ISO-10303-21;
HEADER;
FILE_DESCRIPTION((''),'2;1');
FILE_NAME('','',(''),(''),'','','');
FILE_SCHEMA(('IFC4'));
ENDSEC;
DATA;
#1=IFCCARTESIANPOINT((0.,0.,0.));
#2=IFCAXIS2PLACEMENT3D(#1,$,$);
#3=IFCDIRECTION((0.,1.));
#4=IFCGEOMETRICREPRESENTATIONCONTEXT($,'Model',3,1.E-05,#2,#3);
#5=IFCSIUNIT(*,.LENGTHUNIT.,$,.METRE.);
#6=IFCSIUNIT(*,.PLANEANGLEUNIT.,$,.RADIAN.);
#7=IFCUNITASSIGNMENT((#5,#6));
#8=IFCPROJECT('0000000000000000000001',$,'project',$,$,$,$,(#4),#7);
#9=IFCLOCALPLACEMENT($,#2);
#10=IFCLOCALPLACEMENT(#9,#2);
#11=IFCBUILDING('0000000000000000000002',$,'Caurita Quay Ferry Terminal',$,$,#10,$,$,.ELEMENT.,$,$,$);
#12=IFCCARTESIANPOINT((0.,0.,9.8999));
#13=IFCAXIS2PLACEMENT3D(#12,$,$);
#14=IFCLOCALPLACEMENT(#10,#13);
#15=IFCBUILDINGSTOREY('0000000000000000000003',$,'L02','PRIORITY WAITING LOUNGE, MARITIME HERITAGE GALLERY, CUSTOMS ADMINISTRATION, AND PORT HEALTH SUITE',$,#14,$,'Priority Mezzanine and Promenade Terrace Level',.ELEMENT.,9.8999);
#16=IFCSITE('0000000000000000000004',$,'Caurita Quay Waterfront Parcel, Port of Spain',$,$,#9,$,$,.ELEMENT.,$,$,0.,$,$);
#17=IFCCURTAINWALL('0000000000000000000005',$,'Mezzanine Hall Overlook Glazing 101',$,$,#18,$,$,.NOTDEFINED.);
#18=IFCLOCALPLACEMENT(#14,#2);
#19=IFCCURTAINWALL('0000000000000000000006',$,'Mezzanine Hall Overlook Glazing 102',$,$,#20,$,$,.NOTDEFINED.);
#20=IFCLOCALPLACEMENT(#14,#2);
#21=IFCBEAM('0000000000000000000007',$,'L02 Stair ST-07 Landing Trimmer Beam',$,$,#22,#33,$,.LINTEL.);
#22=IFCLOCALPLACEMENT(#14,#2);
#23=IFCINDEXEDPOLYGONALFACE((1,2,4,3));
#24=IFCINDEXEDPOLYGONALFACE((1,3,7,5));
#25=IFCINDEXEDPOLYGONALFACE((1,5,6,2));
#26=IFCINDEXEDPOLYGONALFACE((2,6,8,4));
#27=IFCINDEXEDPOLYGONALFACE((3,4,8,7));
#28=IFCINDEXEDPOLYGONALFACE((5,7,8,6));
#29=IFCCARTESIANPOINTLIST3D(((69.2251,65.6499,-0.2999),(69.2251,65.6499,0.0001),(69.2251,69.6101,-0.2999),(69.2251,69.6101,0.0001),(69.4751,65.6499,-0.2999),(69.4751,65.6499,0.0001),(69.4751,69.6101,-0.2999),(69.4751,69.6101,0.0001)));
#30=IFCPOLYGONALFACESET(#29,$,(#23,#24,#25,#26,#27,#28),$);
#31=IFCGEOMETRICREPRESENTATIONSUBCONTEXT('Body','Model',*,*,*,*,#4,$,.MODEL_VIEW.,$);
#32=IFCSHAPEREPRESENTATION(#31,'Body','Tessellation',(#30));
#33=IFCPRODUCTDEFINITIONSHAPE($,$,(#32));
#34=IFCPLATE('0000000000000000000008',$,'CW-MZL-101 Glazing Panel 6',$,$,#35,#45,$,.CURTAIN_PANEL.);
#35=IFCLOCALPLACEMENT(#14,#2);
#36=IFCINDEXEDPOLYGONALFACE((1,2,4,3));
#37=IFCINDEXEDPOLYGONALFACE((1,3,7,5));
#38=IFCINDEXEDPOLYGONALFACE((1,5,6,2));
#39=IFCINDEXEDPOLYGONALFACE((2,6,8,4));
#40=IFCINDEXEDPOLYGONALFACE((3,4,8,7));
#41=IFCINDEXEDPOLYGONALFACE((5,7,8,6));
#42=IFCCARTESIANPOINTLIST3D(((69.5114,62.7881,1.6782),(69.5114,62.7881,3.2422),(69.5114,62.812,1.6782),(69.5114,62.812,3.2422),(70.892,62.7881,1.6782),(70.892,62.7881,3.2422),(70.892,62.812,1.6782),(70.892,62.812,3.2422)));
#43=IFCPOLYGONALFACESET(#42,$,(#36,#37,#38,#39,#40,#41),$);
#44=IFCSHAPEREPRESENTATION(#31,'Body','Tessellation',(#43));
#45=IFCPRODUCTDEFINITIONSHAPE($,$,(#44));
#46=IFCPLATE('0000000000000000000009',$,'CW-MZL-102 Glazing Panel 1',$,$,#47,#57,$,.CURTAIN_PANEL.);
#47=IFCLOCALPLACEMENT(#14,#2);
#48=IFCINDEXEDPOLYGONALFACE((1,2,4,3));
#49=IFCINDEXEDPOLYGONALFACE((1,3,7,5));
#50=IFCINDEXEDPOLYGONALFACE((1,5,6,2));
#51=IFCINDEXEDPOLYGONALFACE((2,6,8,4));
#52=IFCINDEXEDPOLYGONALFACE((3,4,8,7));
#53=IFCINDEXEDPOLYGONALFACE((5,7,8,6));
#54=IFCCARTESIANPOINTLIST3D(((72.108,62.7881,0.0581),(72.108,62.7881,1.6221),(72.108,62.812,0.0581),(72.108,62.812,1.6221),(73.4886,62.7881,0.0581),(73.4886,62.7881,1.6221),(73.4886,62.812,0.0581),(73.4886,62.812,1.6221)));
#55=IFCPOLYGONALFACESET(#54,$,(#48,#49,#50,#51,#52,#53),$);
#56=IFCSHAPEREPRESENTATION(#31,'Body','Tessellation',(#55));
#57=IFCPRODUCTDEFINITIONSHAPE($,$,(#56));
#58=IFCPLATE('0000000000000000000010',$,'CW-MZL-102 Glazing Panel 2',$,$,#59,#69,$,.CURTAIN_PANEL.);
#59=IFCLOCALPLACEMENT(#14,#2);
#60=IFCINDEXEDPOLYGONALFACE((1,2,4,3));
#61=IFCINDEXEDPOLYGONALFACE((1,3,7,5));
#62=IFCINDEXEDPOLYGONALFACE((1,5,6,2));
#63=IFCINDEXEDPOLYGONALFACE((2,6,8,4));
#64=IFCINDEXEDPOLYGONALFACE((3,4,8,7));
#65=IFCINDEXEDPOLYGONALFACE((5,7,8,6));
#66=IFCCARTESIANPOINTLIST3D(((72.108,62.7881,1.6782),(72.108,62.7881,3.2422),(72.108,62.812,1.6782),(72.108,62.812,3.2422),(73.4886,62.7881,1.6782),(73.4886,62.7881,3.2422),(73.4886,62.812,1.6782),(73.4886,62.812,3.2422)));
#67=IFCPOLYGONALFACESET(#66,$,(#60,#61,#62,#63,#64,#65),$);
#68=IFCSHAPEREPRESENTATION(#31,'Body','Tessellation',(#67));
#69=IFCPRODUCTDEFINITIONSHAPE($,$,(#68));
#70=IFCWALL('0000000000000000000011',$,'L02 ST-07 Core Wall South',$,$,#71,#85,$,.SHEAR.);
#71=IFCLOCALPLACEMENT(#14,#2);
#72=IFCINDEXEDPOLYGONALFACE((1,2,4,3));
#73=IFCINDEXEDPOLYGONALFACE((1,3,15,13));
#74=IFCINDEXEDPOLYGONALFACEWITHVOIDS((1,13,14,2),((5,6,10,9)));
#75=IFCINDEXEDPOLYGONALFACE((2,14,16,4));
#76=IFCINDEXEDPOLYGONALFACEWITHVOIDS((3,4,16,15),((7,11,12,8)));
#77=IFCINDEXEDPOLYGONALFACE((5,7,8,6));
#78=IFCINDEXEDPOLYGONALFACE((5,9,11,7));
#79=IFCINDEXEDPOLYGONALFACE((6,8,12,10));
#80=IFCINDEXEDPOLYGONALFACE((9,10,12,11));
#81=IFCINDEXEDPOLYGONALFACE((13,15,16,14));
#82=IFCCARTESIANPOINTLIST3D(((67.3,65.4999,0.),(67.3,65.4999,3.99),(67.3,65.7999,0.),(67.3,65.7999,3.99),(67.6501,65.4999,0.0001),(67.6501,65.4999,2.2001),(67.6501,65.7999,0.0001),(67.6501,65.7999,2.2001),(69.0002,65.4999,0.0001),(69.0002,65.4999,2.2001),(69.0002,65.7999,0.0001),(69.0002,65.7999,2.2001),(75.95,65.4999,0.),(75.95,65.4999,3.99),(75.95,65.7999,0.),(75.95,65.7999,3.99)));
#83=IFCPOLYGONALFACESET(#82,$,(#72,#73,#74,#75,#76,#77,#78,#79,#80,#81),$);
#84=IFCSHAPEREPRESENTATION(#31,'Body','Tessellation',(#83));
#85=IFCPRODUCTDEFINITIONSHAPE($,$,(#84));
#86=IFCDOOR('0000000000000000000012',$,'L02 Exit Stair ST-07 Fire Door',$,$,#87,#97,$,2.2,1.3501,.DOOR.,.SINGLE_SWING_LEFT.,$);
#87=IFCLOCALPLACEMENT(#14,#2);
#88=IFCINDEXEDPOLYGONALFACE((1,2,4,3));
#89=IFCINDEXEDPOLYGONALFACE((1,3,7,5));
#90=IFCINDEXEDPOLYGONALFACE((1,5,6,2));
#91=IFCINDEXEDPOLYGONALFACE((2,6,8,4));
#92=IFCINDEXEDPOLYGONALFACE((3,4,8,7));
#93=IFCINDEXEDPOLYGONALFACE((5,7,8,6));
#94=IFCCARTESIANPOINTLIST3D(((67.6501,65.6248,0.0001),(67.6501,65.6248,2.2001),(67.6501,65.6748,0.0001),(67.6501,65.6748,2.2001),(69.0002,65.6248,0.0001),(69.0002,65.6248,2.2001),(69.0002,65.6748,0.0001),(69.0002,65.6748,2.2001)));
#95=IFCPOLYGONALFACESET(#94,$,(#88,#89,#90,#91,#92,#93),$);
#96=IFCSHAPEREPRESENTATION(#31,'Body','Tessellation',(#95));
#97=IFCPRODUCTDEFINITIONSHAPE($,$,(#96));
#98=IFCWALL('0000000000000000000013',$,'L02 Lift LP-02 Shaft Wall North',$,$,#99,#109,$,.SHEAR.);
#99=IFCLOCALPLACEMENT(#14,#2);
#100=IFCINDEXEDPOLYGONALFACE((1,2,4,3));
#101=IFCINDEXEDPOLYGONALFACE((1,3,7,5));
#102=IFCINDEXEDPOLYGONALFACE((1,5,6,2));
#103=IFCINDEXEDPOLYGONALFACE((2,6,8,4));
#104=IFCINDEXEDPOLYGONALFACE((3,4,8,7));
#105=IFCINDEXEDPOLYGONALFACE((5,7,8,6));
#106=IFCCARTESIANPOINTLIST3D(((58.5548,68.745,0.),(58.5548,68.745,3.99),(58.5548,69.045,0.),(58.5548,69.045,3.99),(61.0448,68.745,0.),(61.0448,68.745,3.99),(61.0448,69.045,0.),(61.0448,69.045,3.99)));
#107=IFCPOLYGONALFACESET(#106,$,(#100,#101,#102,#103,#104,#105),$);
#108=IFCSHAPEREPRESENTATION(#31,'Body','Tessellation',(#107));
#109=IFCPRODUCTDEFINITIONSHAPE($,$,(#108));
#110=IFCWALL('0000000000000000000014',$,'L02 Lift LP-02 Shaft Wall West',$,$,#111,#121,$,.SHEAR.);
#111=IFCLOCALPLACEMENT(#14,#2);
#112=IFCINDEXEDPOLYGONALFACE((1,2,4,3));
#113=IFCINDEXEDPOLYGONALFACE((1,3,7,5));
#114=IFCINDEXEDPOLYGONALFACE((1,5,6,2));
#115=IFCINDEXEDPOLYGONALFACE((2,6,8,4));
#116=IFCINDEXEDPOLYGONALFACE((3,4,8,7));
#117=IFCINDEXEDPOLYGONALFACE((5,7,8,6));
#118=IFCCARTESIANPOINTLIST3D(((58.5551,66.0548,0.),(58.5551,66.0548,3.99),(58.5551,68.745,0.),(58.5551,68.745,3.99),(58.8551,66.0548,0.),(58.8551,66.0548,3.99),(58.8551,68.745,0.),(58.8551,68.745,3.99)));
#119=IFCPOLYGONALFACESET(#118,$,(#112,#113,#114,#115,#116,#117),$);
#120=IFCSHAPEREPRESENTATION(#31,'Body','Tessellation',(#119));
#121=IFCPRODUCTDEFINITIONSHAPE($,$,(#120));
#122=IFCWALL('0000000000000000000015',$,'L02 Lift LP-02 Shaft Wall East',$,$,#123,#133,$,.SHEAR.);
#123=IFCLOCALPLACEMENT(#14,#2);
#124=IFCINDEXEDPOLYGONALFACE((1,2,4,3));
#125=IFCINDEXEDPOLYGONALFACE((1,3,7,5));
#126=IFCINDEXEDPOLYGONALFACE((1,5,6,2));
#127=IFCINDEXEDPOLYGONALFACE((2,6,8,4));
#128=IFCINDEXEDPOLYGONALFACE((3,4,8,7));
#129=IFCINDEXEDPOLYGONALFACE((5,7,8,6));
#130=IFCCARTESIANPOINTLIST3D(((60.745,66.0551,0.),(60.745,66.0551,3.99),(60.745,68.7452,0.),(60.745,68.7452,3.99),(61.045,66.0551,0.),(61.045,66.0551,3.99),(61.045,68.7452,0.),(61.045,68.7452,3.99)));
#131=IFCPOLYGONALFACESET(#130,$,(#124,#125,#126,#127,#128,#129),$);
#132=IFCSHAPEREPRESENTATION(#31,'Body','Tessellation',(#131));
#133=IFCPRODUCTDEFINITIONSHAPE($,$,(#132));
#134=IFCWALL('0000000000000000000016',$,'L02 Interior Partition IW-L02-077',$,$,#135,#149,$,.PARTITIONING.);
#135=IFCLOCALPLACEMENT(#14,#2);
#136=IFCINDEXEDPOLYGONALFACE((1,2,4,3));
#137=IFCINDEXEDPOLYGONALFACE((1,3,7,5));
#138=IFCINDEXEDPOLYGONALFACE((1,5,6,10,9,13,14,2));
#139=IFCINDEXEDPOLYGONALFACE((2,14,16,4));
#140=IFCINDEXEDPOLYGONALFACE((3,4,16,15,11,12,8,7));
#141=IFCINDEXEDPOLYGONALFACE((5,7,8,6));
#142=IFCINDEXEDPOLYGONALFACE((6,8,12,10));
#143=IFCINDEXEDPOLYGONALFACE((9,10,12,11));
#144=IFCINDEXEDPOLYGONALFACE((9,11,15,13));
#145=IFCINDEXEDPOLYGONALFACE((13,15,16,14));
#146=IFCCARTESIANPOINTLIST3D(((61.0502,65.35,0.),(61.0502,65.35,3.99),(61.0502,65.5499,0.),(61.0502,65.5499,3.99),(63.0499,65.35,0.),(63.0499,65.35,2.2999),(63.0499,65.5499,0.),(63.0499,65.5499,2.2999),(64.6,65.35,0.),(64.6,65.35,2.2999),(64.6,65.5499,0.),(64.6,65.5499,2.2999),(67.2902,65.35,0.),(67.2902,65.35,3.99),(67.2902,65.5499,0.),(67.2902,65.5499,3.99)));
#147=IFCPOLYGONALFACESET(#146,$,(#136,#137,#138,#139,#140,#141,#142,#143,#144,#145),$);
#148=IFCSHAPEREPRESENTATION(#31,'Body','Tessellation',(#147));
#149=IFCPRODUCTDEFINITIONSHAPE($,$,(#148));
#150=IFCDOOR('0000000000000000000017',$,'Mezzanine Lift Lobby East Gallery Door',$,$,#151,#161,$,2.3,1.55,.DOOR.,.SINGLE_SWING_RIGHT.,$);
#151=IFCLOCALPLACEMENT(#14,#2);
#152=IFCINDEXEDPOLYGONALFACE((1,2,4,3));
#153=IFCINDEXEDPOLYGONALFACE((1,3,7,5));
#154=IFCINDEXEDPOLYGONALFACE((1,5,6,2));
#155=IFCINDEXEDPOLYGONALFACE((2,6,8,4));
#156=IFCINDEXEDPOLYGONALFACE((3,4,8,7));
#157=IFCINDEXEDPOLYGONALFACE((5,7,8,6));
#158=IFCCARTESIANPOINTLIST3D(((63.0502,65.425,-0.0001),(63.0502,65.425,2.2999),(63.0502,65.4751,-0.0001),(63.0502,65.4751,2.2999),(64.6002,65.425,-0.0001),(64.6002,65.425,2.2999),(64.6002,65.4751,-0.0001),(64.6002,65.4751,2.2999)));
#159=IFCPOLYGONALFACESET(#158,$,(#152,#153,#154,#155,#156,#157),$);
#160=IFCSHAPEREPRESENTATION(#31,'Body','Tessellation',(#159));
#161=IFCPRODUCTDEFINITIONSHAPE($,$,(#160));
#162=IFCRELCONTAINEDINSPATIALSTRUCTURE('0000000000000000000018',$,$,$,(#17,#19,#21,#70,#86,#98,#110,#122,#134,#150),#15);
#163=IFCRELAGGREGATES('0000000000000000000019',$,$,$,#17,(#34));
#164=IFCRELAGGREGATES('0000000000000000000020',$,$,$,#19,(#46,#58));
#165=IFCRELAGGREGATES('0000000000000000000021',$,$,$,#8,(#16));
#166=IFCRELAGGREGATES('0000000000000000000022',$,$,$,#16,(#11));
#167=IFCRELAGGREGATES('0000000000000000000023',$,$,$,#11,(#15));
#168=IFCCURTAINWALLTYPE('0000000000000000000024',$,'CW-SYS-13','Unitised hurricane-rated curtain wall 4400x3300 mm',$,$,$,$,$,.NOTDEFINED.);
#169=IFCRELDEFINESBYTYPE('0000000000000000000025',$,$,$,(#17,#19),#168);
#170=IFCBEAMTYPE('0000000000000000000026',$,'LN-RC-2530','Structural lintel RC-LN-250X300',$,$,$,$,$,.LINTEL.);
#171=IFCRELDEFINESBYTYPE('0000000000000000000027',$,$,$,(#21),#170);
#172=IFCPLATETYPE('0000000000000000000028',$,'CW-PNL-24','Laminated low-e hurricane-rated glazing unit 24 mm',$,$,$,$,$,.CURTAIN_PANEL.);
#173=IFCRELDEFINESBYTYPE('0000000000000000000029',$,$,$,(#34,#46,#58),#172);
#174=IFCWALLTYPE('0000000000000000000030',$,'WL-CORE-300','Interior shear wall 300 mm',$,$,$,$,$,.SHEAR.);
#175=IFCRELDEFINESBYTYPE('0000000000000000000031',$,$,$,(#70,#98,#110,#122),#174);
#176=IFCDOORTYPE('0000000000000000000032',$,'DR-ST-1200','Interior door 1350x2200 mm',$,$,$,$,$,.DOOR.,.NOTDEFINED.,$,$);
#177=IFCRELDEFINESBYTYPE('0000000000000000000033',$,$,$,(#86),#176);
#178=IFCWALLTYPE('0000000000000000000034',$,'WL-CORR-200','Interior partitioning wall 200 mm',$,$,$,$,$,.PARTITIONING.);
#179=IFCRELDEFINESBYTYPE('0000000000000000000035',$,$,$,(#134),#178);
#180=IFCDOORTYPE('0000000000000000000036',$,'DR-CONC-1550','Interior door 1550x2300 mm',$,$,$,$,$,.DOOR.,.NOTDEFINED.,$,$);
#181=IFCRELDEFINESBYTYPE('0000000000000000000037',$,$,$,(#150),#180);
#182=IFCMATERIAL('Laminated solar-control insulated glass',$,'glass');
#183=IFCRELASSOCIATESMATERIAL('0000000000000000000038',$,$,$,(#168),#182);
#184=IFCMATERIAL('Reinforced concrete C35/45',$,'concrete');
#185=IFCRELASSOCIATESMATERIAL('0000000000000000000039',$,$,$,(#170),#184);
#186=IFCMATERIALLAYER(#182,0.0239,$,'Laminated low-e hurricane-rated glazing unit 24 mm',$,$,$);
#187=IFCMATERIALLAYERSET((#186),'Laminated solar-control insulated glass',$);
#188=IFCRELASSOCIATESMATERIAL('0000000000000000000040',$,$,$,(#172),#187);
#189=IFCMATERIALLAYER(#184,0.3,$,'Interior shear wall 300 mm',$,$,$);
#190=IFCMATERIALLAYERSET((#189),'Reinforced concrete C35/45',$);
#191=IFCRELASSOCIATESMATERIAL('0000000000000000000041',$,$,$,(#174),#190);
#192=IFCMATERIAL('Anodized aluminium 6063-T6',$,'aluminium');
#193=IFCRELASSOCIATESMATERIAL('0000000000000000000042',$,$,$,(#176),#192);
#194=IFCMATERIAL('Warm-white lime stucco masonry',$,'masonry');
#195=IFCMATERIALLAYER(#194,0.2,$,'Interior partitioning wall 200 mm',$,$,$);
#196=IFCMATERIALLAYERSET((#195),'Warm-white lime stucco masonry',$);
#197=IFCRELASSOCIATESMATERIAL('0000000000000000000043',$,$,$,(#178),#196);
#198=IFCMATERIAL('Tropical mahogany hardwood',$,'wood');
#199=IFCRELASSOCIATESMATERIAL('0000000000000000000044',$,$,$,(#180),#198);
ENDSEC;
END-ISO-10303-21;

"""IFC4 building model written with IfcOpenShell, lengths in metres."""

from ifc_helpers import new_model, si_unit, direction, frame, frame_2d, origin, origin_2d, place, context, subcontext, project, spatial, rectangle, extrude, material, layer, layer_set, material_profile, profile_set, type_object, element, fill, aggregate, save


model = new_model("IFC4")

# Units and contexts
model_context = context("Model", 3, precision=1e-05, world=origin(), true_north=direction((0.0, 1.0)))
body_context = subcontext(model_context, "Body", "Model", "MODEL_VIEW")
ifc_project = project(units=[si_unit("LENGTHUNIT", "METRE"), si_unit("PLANEANGLEUNIT", "RADIAN")], contexts=[model_context])

# Site, building, storey
site_placement = place(None, origin())
site = spatial("IfcSite", under=ifc_project, at=site_placement, Name="Caurita Quay Waterfront Parcel, Port of Spain", CompositionType="ELEMENT", RefElevation=0.0)
building_placement = place(site_placement, origin())
building = spatial("IfcBuilding", under=site, at=building_placement, Name="Caurita Quay Ferry Terminal", CompositionType="ELEMENT")
storey_placement = place(building_placement, frame((0.0, 0.0, 9.8999)))
storey = spatial("IfcBuildingStorey", under=building, at=storey_placement, Name="L02", Description="PRIORITY WAITING LOUNGE, MARITIME HERITAGE GALLERY, CUSTOMS ADMINISTRATION, AND PORT HEALTH SUITE", LongName="Priority Mezzanine and Promenade Terrace Level", CompositionType="ELEMENT", Elevation=9.8999)

# Curtain wall
ifc_material_1 = material(Name="Laminated solar-control insulated glass", Category="glass")
curtain_wall_type = type_object("IfcCurtainWallType", Name="CW-SYS-13", Description="Unitised hurricane-rated curtain wall 4400x3300 mm", PredefinedType="NOTDEFINED", material=ifc_material_1)
curtain_wall_1_placement = place(storey_placement, origin())
curtain_wall_1 = element("IfcCurtainWall", 1, at=curtain_wall_1_placement, inside=storey, type_object=curtain_wall_type, Name="Mezzanine Hall Overlook Glazing 101", PredefinedType="NOTDEFINED")
ifc_material_2 = material(Name="Anodized aluminium 6063-T6", Category="aluminium")

# Curtain wall
curtain_wall_2_placement = place(storey_placement, origin())
curtain_wall_2 = element("IfcCurtainWall", 2, at=curtain_wall_2_placement, inside=storey, type_object=curtain_wall_type, Name="Mezzanine Hall Overlook Glazing 102", PredefinedType="NOTDEFINED")

# Beam
ifc_material_3 = material(Name="Reinforced concrete C35/45", Category="concrete")
ifc_material_profile_1 = material_profile(ifc_material_3, rectangle(XDim=0.25, YDim=0.3, at=origin_2d()), Name="RC-LN-250X300")
ifc_profile_set_1 = profile_set([ifc_material_profile_1], Name="Reinforced concrete C35/45")
beam_type_1 = type_object("IfcBeamType", Name="LN-RC-2530", Description="Structural lintel RC-LN-250X300", PredefinedType="LINTEL", material=ifc_profile_set_1)
beam_1_placement = place(storey_placement, frame((69.3501, 65.6499, -0.1499), z_axis=(0.0, 1.0, 0.0), x_axis=(-1.0, 0.0, 0.0)))
element("IfcBeam", 3, at=beam_1_placement, inside=storey, type_object=beam_type_1, Name="L02 Stair ST-07 Landing Trimmer Beam", PredefinedType="LINTEL", context=body_context, shape_type="SweptSolid", body=[
    extrude(rectangle(XDim=0.25, YDim=0.3, at=origin_2d()), origin(), (0.0, 0.0, 1.0), 3.9602),
])

# Plates
ifc_layer_1 = layer(ifc_material_1, 0.0239, Name="Laminated low-e hurricane-rated glazing unit 24 mm")
ifc_layer_set_1 = layer_set([ifc_layer_1], Name="Laminated solar-control insulated glass")
plate_type = type_object("IfcPlateType", Name="CW-PNL-24", Description="Laminated low-e hurricane-rated glazing unit 24 mm", PredefinedType="CURTAIN_PANEL", material=ifc_layer_set_1)
plate_1_placement = place(storey_placement, frame((70.2017, 62.8, 1.6782), z_axis=(0.0, 0.0, 1.0), x_axis=(1.0, 0.0, 0.0)))
plate_1 = element("IfcPlate", 4, at=plate_1_placement, type_object=plate_type, Name="CW-MZL-101 Glazing Panel 6", PredefinedType="CURTAIN_PANEL", context=body_context, shape_type="SweptSolid", body=[
    extrude(rectangle(XDim=1.3806, YDim=0.0239, at=origin_2d()), origin(), (0.0, 0.0, 1.0), 1.564),
])
aggregate(curtain_wall_1, [plate_1])
plate_2_placement = place(storey_placement, frame((72.7983, 62.8, 0.0581), z_axis=(0.0, 0.0, 1.0), x_axis=(1.0, 0.0, 0.0)))
plate_2 = element("IfcPlate", 5, at=plate_2_placement, type_object=plate_type, Name="CW-MZL-102 Glazing Panel 1", PredefinedType="CURTAIN_PANEL", context=body_context, shape_type="SweptSolid", body=[
    extrude(rectangle(XDim=1.3806, YDim=0.0239, at=origin_2d()), origin(), (0.0, 0.0, 1.0), 1.564),
])
plate_3_placement = place(storey_placement, frame((72.7983, 62.8, 1.6782), z_axis=(0.0, 0.0, 1.0), x_axis=(1.0, 0.0, 0.0)))
plate_3 = element("IfcPlate", 6, at=plate_3_placement, type_object=plate_type, Name="CW-MZL-102 Glazing Panel 2", PredefinedType="CURTAIN_PANEL", context=body_context, shape_type="SweptSolid", body=[
    extrude(rectangle(XDim=1.3806, YDim=0.0239, at=origin_2d()), origin(), (0.0, 0.0, 1.0), 1.564),
])
aggregate(curtain_wall_2, [plate_2, plate_3])

# Wall, opening, door
ifc_layer_2 = layer(ifc_material_3, 0.3, Name="Interior shear wall 300 mm")
ifc_layer_set_2 = layer_set([ifc_layer_2], Name="Reinforced concrete C35/45")
wall_type_1 = type_object("IfcWallType", Name="WL-CORE-300", Description="Interior shear wall 300 mm", PredefinedType="SHEAR", material=ifc_layer_set_2)
wall_1_placement = place(storey_placement, frame((67.3, 65.6499, 0.0), z_axis=(0.0, 0.0, 1.0), x_axis=(1.0, 0.0, 0.0)))
wall_1 = element("IfcWall", 7, at=wall_1_placement, inside=storey, type_object=wall_type_1, Name="L02 ST-07 Core Wall South", PredefinedType="SHEAR", context=body_context, shape_type="SweptSolid", body=[
    extrude(rectangle(XDim=8.6499, YDim=0.3, at=frame_2d((4.325, 0.0))), origin(), (0.0, 0.0, 1.0), 3.99),
])
opening_1_placement = place(wall_1_placement, frame((0.3501, 0.0, 0.0)))
opening_1 = element("IfcOpeningElement", 8, at=opening_1_placement, cuts=wall_1, PredefinedType="OPENING", context=body_context, shape_type="SweptSolid", body=[
    extrude(rectangle(XDim=1.3501, YDim=2.2, at=frame_2d((0.675, 1.1001))), frame((0.0, 0.1599, 0.0), z_axis=(0.0, -1.0, 0.0), x_axis=(1.0, 0.0, 0.0)), (0.0, 0.0, 1.0), 0.3201),
])
door_type_1 = type_object("IfcDoorType", Name="DR-ST-1200", Description="Interior door 1350x2200 mm", OperationType="NOTDEFINED", PredefinedType="DOOR", material=ifc_material_2)
door_1_placement = place(opening_1_placement, origin())
door_1 = element("IfcDoor", 9, at=door_1_placement, inside=storey, type_object=door_type_1, Name="L02 Exit Stair ST-07 Fire Door", OperationType="SINGLE_SWING_LEFT", OverallHeight=2.2, OverallWidth=1.3501, PredefinedType="DOOR", context=body_context, shape_type="SweptSolid", body=[
    extrude(rectangle(XDim=1.3501, YDim=2.2, at=frame_2d((0.675, 1.1001))), frame((0.0, 0.0249, 0.0), z_axis=(0.0, -1.0, 0.0), x_axis=(1.0, 0.0, 0.0)), (0.0, 0.0, 1.0), 0.05),
])
fill(opening_1, door_1)

# Walls
wall_2_placement = place(storey_placement, frame((61.0449, 68.895, 0.0), z_axis=(0.0, 0.0, 1.0), x_axis=(-1.0, 0.0, 0.0)))
element("IfcWall", 10, at=wall_2_placement, inside=storey, type_object=wall_type_1, Name="L02 Lift LP-02 Shaft Wall North", PredefinedType="SHEAR", context=body_context, shape_type="SweptSolid", body=[
    extrude(rectangle(XDim=2.49, YDim=0.3, at=frame_2d((1.2451, 0.0))), origin(), (0.0, 0.0, 1.0), 3.99),
])
for number, where, z_axis, x_axis, name in (
    (11, (58.7051, 68.7451, 0.0), (0.0, 0.0, 1.0), (0.0, -1.0, 0.0), "L02 Lift LP-02 Shaft Wall West"),
    (12, (60.895, 66.0549, 0.0), (0.0, 0.0, 1.0), (0.0, 1.0, 0.0), "L02 Lift LP-02 Shaft Wall East"),
):
    element("IfcWall", number, at=place(storey_placement, frame(where, z_axis=z_axis, x_axis=x_axis)), inside=storey, type_object=wall_type_1, Name=name, PredefinedType="SHEAR", context=body_context, shape_type="SweptSolid", body=[
        extrude(rectangle(XDim=2.6902, YDim=0.3, at=frame_2d((1.3452, 0.0))), origin(), (0.0, 0.0, 1.0), 3.99),
    ])

# Wall, opening, door
ifc_material_4 = material(Name="Warm-white lime stucco masonry", Category="masonry")
ifc_layer_3 = layer(ifc_material_4, 0.2, Name="Interior partitioning wall 200 mm")
ifc_layer_set_3 = layer_set([ifc_layer_3], Name="Warm-white lime stucco masonry")
wall_type_2 = type_object("IfcWallType", Name="WL-CORR-200", Description="Interior partitioning wall 200 mm", PredefinedType="PARTITIONING", material=ifc_layer_set_3)
wall_3_placement = place(storey_placement, frame((61.05, 65.45, 0.0), z_axis=(0.0, 0.0, 1.0), x_axis=(1.0, 0.0, 0.0)))
wall_3 = element("IfcWall", 13, at=wall_3_placement, inside=storey, type_object=wall_type_2, Name="L02 Interior Partition IW-L02-077", PredefinedType="PARTITIONING", context=body_context, shape_type="SweptSolid", body=[
    extrude(rectangle(XDim=6.24, YDim=0.2, at=frame_2d((3.1201, 0.0))), origin(), (0.0, 0.0, 1.0), 3.99),
])
opening_2_placement = place(wall_3_placement, frame((2.0, 0.0, 0.0)))
opening_2 = element("IfcOpeningElement", 14, at=opening_2_placement, cuts=wall_3, PredefinedType="OPENING", context=body_context, shape_type="SweptSolid", body=[
    extrude(rectangle(XDim=1.55, YDim=2.3, at=frame_2d((0.7749, 1.1499))), frame((0.0, 0.1099, 0.0), z_axis=(0.0, -1.0, 0.0), x_axis=(1.0, 0.0, 0.0)), (0.0, 0.0, 1.0), 0.22),
])
ifc_material_5 = material(Name="Tropical mahogany hardwood", Category="wood")
door_type_2 = type_object("IfcDoorType", Name="DR-CONC-1550", Description="Interior door 1550x2300 mm", OperationType="NOTDEFINED", PredefinedType="DOOR", material=ifc_material_5)
door_2_placement = place(opening_2_placement, frame((1.55, 0.0, 0.0), z_axis=(0.0, 0.0, 1.0), x_axis=(-1.0, 0.0, 0.0)))
door_2 = element("IfcDoor", 15, at=door_2_placement, inside=storey, type_object=door_type_2, Name="Mezzanine Lift Lobby East Gallery Door", OperationType="SINGLE_SWING_RIGHT", OverallHeight=2.3, OverallWidth=1.55, PredefinedType="DOOR", context=body_context, shape_type="SweptSolid", body=[
    extrude(rectangle(XDim=1.55, YDim=2.3, at=frame_2d((0.7749, 1.1499))), frame((0.0, 0.0249, 0.0), z_axis=(0.0, -1.0, 0.0), x_axis=(1.0, 0.0, 0.0)), (0.0, 0.0, 1.0), 0.05),
])
fill(opening_2, door_2)

save(model, "model.ifc")
